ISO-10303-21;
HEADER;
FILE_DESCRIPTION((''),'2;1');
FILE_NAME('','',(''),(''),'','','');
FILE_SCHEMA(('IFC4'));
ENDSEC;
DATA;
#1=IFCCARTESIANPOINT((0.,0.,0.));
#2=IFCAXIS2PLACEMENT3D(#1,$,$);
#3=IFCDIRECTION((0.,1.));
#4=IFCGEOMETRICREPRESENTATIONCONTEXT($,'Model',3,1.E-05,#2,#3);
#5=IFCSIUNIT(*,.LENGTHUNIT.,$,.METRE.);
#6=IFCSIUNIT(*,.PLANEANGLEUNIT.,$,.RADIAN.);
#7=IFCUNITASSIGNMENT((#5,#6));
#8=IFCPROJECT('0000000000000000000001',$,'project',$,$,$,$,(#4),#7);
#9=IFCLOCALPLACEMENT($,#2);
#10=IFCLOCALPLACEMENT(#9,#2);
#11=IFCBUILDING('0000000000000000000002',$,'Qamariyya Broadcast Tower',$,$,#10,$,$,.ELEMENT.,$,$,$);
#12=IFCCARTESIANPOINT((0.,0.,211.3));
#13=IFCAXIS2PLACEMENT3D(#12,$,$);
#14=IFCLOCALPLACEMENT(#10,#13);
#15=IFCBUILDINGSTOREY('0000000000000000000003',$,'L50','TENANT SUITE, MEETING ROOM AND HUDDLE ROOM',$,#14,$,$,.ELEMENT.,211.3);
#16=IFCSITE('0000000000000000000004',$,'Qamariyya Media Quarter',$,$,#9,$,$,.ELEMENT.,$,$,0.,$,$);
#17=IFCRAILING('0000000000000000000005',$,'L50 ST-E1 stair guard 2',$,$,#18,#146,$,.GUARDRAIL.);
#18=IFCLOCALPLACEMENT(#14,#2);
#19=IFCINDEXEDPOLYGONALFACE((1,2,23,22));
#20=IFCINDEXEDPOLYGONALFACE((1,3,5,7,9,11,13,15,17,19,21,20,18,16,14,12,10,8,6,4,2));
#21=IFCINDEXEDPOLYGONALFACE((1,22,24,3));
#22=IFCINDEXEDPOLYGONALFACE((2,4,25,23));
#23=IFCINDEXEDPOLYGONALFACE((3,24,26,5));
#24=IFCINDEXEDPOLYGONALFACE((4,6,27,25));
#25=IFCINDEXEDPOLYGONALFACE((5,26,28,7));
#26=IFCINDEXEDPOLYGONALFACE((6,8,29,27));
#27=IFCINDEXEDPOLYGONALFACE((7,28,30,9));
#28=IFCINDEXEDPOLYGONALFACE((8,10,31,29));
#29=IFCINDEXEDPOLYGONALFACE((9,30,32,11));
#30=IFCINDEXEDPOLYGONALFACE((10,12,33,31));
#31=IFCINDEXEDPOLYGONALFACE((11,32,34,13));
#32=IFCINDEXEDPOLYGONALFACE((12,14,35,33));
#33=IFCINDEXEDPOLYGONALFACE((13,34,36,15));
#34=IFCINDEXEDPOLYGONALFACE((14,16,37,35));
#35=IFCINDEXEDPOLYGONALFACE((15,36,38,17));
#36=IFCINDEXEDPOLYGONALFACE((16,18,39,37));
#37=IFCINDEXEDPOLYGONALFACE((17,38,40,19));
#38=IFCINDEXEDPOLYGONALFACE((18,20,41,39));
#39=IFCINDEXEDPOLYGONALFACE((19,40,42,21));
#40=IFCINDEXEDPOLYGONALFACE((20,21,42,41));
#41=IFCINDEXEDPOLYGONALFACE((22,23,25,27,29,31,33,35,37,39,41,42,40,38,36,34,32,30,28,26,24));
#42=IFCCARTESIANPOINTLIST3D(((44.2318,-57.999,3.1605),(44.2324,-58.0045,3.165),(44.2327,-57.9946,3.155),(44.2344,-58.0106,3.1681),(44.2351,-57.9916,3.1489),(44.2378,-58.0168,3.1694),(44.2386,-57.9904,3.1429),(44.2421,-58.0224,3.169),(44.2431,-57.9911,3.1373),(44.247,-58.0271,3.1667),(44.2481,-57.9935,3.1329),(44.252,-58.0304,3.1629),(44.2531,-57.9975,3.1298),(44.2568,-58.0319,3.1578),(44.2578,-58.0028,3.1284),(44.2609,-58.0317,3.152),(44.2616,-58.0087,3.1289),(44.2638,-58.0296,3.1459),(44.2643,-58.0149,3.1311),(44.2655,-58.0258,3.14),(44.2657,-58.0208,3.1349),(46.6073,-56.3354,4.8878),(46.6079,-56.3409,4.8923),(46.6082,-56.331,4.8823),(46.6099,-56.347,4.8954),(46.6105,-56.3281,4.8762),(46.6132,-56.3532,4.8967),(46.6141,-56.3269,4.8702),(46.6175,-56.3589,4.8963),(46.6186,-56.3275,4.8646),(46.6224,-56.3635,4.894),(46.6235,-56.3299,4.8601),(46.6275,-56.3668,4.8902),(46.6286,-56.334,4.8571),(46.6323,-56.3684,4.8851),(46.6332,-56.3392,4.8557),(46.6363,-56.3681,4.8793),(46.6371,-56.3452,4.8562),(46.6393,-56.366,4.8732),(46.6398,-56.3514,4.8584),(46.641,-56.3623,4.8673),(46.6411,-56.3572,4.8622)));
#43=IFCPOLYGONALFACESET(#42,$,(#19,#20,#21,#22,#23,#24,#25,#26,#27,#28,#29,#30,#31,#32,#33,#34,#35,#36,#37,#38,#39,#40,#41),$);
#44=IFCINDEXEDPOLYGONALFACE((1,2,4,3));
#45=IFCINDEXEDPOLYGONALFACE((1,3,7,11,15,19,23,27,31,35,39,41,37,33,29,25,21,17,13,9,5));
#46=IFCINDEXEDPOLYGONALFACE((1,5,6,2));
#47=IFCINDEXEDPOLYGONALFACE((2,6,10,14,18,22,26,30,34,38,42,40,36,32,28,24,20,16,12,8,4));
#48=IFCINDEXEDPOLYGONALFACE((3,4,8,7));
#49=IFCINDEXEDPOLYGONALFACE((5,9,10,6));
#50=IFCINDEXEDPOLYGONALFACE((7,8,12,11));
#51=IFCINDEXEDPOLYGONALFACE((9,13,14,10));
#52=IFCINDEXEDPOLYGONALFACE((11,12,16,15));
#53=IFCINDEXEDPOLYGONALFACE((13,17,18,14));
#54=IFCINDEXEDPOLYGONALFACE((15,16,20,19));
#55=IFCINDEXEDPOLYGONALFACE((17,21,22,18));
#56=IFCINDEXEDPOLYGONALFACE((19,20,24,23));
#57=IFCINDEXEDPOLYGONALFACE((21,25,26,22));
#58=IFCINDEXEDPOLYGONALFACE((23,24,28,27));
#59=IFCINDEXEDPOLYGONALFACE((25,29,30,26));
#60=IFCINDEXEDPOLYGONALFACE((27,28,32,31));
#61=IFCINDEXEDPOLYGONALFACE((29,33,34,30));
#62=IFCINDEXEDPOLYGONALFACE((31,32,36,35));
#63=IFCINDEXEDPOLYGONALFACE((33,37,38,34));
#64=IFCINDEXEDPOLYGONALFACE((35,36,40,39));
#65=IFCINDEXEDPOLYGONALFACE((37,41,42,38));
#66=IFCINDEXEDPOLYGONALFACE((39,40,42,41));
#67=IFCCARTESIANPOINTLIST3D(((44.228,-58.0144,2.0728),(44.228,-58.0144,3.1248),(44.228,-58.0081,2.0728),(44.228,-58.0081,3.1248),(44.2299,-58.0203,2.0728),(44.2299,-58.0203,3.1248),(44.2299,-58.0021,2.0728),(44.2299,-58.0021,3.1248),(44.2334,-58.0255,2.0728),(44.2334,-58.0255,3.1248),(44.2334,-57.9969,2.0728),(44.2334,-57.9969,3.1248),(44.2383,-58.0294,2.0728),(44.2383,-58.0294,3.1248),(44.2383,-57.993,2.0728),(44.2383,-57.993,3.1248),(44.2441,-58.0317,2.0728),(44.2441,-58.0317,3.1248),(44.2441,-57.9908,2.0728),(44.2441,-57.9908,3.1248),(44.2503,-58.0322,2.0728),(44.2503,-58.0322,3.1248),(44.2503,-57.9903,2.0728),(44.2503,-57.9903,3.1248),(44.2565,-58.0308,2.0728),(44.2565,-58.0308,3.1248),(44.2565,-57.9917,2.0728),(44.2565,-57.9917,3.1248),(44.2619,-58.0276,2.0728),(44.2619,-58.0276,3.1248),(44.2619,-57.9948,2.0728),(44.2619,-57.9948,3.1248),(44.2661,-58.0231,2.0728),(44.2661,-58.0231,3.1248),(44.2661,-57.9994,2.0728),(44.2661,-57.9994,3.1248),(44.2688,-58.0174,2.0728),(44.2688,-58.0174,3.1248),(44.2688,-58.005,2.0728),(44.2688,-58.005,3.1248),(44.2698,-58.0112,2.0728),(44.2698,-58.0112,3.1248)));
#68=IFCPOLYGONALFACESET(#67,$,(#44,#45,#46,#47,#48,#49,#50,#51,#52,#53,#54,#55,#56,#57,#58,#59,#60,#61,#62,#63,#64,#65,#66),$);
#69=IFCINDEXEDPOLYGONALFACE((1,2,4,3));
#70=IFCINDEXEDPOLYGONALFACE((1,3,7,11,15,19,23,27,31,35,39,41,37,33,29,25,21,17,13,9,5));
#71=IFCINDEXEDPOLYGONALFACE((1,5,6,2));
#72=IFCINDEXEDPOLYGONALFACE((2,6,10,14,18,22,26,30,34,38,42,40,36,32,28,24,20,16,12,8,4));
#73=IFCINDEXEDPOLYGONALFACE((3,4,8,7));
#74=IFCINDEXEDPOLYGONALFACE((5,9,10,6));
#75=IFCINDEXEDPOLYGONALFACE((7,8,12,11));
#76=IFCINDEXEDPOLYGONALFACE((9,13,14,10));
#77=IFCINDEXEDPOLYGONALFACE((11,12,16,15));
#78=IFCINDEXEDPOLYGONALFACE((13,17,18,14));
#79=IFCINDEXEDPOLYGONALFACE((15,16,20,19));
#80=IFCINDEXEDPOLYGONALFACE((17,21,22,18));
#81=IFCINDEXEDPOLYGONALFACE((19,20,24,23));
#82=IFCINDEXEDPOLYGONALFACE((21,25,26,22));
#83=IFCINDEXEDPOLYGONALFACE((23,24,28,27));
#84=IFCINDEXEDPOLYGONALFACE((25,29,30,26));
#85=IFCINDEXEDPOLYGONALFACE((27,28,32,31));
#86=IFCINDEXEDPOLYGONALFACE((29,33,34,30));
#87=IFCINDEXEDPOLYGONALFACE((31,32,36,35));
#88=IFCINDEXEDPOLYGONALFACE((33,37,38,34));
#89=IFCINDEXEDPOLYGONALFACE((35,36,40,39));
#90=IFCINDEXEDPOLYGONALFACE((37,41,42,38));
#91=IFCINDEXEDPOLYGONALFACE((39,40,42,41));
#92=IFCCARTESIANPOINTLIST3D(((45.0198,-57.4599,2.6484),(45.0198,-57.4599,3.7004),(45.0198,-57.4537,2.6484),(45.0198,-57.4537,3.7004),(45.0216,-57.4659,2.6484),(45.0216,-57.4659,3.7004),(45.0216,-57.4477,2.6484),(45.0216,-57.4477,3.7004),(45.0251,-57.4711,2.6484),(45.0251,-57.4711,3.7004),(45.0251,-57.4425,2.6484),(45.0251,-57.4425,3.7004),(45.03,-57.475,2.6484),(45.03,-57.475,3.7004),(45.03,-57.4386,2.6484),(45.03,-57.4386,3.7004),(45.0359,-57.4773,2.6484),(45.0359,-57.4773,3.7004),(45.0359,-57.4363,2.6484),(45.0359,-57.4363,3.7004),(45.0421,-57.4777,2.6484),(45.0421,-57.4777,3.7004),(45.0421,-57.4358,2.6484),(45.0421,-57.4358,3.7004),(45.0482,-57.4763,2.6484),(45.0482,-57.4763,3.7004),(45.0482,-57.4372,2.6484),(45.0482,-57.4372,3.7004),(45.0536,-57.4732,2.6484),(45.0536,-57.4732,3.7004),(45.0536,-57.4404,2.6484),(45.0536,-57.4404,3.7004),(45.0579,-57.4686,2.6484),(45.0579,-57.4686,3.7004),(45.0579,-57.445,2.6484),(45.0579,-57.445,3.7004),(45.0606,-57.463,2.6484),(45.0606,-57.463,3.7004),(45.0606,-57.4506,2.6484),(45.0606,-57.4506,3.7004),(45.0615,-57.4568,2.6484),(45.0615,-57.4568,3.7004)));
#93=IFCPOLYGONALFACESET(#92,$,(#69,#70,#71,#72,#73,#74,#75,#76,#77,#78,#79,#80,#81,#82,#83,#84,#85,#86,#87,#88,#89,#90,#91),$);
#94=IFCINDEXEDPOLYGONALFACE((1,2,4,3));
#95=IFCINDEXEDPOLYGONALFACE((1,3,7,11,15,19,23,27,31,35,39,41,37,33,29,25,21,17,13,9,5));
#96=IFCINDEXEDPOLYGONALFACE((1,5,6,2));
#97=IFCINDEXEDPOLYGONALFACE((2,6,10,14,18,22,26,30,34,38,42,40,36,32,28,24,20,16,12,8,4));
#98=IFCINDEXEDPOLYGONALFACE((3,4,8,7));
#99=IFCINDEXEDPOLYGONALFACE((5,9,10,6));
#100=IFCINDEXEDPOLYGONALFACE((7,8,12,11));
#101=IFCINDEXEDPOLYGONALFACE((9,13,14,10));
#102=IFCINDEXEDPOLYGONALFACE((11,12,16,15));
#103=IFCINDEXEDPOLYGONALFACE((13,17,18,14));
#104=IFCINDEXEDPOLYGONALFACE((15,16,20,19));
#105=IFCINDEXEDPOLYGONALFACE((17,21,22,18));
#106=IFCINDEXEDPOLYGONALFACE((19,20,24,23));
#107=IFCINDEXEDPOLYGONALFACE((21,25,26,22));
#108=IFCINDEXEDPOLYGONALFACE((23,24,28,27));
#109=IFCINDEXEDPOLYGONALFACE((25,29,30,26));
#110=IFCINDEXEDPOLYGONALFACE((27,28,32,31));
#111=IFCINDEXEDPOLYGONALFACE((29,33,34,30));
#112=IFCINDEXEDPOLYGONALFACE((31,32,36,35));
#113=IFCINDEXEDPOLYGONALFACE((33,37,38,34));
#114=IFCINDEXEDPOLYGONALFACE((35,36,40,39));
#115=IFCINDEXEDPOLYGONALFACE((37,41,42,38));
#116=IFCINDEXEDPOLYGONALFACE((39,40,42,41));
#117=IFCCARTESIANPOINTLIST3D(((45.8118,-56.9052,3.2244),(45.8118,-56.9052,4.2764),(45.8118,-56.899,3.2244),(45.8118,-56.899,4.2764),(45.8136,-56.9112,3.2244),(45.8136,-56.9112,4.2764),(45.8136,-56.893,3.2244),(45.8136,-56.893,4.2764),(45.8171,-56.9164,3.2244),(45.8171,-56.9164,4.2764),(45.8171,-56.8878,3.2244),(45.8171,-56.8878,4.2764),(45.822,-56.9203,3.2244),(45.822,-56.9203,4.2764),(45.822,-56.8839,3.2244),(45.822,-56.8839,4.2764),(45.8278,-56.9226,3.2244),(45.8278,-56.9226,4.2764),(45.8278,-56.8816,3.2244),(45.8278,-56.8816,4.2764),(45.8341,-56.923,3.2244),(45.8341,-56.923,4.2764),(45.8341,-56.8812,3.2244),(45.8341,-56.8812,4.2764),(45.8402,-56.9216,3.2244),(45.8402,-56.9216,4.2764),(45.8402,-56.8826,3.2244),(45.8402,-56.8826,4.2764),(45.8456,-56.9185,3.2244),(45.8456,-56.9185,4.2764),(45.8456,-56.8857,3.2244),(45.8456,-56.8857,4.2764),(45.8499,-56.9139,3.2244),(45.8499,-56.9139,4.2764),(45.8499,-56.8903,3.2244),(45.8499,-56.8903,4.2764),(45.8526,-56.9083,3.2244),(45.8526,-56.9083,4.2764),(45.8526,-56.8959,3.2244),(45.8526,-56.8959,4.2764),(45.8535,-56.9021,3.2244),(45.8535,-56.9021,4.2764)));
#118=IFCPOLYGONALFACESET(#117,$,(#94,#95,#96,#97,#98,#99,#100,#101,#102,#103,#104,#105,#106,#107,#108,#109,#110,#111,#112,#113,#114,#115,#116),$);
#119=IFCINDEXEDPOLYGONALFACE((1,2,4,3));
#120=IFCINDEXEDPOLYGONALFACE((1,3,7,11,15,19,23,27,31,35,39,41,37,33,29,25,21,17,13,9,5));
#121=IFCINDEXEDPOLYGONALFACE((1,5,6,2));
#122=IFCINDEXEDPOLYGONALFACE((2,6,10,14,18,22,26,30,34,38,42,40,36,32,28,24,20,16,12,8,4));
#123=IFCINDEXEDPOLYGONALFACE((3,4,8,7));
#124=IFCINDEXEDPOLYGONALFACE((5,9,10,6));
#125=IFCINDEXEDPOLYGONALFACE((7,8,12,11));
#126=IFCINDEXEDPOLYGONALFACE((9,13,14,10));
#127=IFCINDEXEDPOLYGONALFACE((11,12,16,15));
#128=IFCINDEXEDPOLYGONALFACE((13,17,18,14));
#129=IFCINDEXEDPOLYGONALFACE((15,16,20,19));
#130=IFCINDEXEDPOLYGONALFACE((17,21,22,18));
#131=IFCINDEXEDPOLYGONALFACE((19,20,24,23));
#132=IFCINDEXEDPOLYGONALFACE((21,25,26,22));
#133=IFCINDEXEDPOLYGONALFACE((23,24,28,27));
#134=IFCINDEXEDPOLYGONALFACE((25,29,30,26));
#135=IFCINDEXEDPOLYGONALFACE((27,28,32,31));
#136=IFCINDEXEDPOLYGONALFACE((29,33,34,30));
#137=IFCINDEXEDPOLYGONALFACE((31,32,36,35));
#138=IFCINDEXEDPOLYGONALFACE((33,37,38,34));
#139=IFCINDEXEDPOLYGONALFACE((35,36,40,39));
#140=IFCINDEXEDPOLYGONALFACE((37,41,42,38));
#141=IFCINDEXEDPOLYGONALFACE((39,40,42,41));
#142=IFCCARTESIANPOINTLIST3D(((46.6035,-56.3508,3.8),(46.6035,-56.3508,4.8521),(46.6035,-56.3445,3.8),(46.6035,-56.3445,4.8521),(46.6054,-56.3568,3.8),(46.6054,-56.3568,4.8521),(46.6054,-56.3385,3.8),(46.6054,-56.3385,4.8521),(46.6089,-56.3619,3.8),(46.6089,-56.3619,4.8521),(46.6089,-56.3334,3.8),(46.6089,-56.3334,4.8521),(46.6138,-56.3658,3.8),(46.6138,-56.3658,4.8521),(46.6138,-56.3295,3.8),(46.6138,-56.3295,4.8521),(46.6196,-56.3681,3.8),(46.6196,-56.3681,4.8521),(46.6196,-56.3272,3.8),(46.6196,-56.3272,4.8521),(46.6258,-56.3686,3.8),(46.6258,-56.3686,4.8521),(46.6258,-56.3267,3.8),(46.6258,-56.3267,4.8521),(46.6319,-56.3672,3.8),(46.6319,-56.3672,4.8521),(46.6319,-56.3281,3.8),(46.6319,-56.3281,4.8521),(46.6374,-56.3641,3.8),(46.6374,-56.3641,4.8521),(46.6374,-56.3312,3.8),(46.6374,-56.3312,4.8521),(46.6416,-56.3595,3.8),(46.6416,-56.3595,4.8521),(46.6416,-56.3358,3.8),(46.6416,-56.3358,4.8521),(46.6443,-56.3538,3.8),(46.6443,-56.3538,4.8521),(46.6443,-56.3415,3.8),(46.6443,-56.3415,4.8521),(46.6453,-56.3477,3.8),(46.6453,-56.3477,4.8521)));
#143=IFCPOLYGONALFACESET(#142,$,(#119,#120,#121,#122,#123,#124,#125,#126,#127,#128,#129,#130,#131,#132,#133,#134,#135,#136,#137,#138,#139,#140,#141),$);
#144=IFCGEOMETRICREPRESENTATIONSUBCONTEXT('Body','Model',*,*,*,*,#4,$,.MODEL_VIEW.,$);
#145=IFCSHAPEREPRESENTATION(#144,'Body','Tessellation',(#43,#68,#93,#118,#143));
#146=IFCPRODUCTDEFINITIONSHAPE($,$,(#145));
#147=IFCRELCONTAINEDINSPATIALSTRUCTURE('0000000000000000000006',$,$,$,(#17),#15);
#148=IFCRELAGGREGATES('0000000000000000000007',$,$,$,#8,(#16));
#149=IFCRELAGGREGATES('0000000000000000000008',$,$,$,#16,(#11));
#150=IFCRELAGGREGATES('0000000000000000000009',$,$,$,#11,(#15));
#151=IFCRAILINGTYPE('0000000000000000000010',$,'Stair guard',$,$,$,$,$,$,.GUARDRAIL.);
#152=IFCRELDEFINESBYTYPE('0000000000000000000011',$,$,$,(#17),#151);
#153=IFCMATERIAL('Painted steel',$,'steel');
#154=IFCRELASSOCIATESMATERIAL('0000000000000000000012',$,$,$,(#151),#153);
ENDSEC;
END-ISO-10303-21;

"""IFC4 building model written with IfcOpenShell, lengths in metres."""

from ifc_helpers import new_model, si_unit, direction, frame, origin, origin_2d, place, context, subcontext, project, spatial, circle, extrude, material, type_object, element, save


model = new_model("IFC4")

# Units and contexts
model_context = context("Model", 3, precision=1e-05, world=origin(), true_north=direction((0.0, 1.0)))
body_context = subcontext(model_context, "Body", "Model", "MODEL_VIEW")
ifc_project = project(units=[si_unit("LENGTHUNIT", "METRE"), si_unit("PLANEANGLEUNIT", "RADIAN")], contexts=[model_context])

# Site, building, storey
site_placement = place(None, origin())
site = spatial("IfcSite", under=ifc_project, at=site_placement, Name="Qamariyya Media Quarter", CompositionType="ELEMENT", RefElevation=0.0)
building_placement = place(site_placement, origin())
building = spatial("IfcBuilding", under=site, at=building_placement, Name="Qamariyya Broadcast Tower", CompositionType="ELEMENT")
storey_placement = place(building_placement, frame((0.0, 0.0, 211.3)))
storey = spatial("IfcBuildingStorey", under=building, at=storey_placement, Name="L50", Description="TENANT SUITE, MEETING ROOM AND HUDDLE ROOM", CompositionType="ELEMENT", Elevation=211.3)

# Railing
ifc_material_1 = material(Name="Painted steel", Category="steel")
railing_type_1 = type_object("IfcRailingType", Name="Stair guard", PredefinedType="GUARDRAIL", material=ifc_material_1)
railing_1_placement = place(storey_placement, frame((44.2488, -58.0112, 2.0728)))
element("IfcRailing", 1, at=railing_1_placement, inside=storey, type_object=railing_type_1, Name="L50 ST-E1 stair guard 2", PredefinedType="GUARDRAIL", context=body_context, shape_type="SweptSolid", body=[
    extrude(circle(Radius=0.0239, at=origin_2d()), frame((0.0, 0.0, 1.0762), z_axis=(0.703745, 0.492838, 0.511716), x_axis=(-0.573632, 0.819113, 0.0)), (0.0, 0.0, 1.0), 3.3755),
    extrude(circle(Radius=0.021, at=origin_2d()), origin(), (0.0, 0.0, 1.0), 1.052),
    extrude(circle(Radius=0.021, at=origin_2d()), frame((0.7917, 0.5544, 0.5757)), (0.0, 0.0, 1.0), 1.052),
    extrude(circle(Radius=0.021, at=origin_2d()), frame((1.5837, 1.1091, 1.1516)), (0.0, 0.0, 1.0), 1.052),
    extrude(circle(Radius=0.021, at=origin_2d()), frame((2.3755, 1.6636, 1.7273)), (0.0, 0.0, 1.0), 1.052),
])

save(model, "model.ifc")
